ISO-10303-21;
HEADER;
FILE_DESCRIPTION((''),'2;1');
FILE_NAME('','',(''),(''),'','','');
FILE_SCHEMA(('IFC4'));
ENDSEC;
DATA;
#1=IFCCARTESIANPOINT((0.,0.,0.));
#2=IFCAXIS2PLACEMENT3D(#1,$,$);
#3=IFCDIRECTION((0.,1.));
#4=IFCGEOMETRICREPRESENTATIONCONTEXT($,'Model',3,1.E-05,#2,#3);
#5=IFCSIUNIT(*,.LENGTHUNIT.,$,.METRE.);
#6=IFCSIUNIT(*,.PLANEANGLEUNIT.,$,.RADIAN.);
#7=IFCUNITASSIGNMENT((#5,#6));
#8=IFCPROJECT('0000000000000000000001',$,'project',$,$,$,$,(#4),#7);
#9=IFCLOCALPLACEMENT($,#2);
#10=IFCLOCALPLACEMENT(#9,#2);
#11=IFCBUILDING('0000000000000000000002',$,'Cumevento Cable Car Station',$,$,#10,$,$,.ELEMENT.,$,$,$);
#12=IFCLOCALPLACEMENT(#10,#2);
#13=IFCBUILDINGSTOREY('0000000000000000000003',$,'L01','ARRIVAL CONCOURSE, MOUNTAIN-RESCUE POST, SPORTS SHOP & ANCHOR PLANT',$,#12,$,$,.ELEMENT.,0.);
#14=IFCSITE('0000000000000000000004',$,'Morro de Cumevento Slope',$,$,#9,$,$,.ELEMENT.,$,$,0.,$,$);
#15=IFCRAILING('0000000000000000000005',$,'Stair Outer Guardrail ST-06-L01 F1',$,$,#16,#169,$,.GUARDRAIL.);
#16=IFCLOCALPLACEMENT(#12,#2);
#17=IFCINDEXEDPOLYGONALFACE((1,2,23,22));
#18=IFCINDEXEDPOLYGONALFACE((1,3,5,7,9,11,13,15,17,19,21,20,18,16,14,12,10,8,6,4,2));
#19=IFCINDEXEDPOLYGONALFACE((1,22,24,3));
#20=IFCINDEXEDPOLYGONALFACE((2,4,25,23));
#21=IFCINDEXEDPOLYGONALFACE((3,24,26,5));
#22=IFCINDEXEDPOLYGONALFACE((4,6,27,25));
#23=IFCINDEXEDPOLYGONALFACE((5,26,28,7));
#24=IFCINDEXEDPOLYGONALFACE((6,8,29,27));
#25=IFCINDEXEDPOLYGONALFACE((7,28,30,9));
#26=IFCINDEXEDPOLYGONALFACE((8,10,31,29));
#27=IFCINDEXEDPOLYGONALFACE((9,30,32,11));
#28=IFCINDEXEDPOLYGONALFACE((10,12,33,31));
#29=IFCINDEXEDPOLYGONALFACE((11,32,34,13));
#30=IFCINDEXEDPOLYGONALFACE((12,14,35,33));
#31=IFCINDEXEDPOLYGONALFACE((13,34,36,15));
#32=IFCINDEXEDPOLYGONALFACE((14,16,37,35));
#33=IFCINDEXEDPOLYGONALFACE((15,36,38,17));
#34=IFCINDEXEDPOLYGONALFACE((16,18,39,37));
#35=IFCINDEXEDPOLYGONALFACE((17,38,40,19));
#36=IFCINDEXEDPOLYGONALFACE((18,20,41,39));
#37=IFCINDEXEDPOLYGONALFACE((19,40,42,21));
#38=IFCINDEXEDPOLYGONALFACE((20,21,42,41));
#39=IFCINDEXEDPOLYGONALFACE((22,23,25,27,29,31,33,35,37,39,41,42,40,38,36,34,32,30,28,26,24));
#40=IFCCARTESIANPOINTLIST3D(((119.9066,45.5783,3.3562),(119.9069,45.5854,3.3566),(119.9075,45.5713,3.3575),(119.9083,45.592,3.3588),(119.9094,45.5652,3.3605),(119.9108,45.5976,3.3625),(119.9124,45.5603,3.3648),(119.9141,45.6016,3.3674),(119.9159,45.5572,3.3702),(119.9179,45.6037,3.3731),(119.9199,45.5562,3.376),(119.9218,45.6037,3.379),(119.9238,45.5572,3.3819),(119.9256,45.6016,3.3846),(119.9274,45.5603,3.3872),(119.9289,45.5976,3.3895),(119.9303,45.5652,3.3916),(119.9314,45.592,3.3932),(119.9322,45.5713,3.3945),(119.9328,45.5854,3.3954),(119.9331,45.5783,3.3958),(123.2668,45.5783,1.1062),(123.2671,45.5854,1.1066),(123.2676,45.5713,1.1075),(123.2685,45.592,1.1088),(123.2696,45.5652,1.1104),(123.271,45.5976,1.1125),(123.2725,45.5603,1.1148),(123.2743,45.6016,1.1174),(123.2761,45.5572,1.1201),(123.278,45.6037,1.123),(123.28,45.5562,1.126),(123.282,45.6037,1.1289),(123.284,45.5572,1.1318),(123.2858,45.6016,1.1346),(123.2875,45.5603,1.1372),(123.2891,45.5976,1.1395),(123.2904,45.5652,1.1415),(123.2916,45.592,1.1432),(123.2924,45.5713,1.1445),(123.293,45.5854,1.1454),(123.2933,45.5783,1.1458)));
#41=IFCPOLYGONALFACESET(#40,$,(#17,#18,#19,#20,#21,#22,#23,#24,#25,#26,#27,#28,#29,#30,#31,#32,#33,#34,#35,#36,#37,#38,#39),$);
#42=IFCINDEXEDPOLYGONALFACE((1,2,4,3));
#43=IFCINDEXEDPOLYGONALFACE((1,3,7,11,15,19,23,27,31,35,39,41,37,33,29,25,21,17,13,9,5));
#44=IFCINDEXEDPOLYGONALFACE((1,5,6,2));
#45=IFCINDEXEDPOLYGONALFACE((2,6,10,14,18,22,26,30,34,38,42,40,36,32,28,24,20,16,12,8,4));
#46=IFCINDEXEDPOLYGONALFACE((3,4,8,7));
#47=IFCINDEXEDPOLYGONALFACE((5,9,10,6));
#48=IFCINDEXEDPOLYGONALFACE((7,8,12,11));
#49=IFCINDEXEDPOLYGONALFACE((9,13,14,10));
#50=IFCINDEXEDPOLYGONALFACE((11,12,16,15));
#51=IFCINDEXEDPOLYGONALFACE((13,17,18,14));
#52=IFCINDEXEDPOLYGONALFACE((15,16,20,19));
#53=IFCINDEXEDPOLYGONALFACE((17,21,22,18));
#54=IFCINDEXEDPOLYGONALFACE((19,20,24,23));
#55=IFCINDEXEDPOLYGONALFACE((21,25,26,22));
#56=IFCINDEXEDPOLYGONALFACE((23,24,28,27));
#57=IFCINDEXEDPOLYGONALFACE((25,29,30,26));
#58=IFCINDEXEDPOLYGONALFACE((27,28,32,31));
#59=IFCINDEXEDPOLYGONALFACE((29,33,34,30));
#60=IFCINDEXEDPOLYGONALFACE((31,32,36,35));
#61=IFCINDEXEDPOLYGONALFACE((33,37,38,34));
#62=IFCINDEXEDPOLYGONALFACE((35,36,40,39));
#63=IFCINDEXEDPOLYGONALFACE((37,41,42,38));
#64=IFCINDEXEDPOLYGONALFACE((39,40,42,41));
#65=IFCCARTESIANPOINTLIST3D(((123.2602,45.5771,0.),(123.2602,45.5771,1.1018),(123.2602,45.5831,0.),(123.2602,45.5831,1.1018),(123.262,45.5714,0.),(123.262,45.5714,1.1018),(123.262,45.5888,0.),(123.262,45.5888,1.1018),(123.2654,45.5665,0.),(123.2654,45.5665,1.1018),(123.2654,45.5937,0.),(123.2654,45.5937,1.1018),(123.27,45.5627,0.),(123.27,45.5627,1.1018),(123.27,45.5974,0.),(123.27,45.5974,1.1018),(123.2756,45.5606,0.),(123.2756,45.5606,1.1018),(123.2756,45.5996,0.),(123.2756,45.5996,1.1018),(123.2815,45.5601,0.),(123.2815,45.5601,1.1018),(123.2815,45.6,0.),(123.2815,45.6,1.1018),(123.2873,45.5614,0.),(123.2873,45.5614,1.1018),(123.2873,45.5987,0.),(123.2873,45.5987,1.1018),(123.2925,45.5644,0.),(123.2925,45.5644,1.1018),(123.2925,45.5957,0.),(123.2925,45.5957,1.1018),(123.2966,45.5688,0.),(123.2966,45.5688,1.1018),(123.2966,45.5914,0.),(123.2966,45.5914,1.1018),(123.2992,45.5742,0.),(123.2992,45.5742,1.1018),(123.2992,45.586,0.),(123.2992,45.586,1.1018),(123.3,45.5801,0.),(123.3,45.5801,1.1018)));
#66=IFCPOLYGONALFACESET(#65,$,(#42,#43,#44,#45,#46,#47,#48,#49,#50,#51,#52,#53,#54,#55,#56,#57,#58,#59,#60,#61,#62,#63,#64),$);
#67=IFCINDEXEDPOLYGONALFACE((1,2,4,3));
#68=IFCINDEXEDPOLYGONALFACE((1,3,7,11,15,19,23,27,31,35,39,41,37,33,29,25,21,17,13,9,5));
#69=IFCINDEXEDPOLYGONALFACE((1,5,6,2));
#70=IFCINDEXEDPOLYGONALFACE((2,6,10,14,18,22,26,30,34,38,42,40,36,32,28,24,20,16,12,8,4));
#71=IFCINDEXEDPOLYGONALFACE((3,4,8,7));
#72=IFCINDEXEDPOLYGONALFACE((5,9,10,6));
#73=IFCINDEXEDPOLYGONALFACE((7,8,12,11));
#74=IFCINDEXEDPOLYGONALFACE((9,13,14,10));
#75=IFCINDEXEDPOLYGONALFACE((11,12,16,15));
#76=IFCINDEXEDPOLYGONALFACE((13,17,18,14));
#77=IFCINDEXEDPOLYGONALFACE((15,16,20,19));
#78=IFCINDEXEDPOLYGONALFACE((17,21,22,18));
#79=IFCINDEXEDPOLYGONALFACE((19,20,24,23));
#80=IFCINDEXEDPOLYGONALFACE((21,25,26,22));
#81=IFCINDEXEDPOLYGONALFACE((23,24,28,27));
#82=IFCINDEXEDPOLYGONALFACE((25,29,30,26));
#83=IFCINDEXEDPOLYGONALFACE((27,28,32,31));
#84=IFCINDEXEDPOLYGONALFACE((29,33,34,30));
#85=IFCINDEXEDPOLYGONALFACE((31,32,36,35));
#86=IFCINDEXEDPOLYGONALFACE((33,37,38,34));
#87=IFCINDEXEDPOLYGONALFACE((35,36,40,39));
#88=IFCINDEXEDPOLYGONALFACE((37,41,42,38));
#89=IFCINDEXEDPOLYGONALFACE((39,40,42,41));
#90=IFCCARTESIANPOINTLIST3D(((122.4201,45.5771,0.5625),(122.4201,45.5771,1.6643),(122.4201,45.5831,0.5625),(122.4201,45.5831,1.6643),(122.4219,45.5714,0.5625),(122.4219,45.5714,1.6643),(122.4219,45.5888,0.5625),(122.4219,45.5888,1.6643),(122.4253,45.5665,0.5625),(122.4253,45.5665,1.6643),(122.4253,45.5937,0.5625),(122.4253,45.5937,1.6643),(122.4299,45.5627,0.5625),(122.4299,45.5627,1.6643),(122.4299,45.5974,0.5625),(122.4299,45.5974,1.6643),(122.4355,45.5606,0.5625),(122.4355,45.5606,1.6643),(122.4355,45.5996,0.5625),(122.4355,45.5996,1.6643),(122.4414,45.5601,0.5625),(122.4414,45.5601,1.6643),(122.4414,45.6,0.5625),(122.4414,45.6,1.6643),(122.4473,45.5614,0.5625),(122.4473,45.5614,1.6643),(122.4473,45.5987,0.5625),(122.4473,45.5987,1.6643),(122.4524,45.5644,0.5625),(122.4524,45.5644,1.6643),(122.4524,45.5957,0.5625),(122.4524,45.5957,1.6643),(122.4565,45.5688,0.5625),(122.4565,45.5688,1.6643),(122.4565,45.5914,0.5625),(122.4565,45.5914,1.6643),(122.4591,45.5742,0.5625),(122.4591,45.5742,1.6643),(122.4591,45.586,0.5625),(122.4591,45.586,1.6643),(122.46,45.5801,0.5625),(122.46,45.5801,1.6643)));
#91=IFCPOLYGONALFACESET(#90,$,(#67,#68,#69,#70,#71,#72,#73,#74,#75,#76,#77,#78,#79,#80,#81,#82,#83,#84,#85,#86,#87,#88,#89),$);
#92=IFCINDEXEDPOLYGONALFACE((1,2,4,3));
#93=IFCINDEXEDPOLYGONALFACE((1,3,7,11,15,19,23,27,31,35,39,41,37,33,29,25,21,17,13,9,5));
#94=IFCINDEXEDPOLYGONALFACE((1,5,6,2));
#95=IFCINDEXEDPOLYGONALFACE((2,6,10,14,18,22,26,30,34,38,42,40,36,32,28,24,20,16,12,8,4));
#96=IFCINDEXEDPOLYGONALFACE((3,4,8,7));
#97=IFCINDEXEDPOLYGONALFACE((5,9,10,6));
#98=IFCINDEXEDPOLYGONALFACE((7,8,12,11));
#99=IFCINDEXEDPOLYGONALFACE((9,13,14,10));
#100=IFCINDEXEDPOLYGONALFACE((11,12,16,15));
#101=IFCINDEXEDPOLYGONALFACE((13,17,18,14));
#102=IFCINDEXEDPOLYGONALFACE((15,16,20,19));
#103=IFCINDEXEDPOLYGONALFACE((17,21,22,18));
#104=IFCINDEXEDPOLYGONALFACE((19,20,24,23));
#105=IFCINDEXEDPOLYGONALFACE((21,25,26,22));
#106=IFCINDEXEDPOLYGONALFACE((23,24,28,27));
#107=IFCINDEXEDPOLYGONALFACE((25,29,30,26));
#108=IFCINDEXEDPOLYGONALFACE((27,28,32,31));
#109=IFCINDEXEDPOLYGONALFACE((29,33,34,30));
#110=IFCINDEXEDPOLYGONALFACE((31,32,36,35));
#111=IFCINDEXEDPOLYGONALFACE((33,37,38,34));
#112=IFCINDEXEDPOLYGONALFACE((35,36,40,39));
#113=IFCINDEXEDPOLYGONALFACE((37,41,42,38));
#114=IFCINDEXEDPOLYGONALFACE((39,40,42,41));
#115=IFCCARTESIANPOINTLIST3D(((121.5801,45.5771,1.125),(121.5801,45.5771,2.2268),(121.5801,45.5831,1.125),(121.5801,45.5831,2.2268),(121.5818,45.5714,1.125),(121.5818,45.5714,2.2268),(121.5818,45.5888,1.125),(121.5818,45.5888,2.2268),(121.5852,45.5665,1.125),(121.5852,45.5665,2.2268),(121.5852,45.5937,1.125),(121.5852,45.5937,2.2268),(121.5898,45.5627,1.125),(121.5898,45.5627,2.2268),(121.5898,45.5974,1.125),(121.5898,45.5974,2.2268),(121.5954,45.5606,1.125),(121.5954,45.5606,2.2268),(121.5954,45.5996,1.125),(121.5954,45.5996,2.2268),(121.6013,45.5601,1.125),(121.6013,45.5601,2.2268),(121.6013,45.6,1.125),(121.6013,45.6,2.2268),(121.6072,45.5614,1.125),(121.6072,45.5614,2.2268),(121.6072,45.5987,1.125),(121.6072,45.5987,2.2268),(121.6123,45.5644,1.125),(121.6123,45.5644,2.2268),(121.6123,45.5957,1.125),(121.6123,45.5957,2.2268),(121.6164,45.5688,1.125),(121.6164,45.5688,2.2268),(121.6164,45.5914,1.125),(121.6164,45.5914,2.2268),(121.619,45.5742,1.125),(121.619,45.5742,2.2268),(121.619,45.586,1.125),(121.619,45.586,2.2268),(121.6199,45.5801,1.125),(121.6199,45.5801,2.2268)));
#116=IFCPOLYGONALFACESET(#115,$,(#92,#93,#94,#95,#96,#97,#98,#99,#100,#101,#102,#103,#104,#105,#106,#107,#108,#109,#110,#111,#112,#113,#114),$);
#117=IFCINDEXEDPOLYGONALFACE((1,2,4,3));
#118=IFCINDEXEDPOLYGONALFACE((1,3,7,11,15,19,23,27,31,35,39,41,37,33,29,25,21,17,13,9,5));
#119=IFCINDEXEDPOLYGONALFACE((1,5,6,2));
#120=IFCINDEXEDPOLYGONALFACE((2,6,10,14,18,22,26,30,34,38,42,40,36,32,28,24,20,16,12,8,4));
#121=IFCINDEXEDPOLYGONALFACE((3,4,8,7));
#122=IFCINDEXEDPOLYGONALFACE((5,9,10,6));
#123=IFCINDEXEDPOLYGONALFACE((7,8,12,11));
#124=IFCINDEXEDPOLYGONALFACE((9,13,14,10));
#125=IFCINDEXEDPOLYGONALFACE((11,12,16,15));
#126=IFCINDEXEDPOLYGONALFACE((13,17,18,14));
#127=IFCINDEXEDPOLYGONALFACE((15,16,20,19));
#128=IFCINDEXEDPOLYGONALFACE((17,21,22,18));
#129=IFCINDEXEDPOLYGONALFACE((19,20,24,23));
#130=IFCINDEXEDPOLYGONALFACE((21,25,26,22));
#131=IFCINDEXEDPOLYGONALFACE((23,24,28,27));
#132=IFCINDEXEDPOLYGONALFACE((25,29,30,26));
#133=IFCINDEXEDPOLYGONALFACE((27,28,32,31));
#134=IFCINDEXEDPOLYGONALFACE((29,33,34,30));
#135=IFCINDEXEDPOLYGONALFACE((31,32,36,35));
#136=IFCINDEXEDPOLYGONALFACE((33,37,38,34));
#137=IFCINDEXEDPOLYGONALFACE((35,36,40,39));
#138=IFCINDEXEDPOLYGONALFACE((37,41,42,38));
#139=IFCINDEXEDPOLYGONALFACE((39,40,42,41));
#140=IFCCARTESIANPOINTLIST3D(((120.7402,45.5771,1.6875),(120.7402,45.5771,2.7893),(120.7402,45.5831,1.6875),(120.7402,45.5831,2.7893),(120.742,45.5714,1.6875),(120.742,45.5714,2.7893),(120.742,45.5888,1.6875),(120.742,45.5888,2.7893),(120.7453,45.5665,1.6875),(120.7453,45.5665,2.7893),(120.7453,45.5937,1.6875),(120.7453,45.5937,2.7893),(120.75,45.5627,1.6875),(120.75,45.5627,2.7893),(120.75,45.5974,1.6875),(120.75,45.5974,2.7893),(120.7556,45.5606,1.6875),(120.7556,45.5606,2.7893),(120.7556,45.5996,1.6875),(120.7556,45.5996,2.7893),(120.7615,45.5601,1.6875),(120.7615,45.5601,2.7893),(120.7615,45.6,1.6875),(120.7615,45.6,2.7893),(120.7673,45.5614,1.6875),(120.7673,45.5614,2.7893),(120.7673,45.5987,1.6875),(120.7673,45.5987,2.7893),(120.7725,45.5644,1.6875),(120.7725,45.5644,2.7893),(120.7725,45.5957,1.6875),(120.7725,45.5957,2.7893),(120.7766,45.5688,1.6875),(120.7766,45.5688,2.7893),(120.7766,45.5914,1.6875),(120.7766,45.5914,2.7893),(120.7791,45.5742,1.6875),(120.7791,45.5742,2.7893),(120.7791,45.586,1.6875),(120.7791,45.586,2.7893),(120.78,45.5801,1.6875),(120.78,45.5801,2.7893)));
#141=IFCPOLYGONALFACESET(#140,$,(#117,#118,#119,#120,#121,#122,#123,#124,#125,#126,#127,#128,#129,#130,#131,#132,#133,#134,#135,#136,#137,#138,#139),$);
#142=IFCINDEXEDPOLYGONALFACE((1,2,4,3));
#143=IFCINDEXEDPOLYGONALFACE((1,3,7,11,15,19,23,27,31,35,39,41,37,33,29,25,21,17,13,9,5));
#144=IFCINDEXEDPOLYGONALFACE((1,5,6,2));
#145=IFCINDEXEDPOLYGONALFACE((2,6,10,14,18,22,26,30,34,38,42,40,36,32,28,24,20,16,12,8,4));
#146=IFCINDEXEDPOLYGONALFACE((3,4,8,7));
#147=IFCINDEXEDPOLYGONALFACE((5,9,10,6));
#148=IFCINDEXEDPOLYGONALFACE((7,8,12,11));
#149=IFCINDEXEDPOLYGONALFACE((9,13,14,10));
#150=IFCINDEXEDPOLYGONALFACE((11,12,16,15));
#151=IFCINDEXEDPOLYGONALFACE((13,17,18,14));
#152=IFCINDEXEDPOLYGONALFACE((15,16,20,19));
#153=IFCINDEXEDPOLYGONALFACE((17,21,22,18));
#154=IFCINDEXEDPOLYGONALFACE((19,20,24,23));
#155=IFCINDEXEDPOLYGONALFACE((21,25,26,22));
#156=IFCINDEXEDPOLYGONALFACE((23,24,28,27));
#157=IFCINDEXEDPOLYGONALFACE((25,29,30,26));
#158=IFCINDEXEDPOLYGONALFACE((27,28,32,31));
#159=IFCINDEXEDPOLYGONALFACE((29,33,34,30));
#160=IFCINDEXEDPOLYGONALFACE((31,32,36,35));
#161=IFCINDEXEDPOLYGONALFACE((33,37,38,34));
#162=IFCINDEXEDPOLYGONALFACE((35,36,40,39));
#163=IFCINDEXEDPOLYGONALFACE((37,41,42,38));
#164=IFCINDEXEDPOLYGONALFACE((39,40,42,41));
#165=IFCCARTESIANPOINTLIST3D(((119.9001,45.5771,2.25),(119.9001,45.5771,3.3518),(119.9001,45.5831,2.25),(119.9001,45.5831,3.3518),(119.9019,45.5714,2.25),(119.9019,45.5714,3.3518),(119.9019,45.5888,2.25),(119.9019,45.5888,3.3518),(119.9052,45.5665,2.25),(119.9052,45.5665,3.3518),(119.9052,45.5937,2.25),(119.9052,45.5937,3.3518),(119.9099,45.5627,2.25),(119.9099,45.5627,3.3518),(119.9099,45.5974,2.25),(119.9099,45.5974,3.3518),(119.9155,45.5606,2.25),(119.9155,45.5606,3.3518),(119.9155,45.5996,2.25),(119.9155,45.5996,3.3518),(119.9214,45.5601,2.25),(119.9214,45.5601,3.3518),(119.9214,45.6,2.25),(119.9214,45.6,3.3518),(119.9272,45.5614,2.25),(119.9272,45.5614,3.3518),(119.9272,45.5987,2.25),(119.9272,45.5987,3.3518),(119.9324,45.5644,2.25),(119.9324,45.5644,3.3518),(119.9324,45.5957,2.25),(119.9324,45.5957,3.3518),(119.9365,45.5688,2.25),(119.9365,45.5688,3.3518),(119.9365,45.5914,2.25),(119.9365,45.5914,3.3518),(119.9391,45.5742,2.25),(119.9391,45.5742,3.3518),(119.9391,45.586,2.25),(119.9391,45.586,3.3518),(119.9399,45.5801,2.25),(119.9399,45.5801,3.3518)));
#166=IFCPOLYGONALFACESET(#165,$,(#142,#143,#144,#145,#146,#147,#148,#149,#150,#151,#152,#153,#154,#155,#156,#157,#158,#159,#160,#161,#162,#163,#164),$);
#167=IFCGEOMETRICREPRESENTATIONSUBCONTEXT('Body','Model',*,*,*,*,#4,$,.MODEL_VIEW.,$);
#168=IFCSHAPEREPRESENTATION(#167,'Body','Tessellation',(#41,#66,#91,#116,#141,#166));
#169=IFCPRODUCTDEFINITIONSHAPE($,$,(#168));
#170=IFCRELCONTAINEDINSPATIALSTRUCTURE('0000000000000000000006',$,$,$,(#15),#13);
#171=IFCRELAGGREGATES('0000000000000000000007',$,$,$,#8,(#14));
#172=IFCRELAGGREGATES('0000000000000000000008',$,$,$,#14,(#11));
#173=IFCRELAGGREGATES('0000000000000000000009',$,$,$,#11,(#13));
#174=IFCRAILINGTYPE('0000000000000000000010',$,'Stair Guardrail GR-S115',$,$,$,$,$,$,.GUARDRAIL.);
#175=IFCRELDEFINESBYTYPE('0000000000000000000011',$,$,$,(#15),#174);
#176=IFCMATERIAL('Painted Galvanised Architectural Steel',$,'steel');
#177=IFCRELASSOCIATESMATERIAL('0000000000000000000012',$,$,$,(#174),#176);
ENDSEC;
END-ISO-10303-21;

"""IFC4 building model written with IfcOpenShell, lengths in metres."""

from ifc_helpers import new_model, si_unit, direction, frame, origin, origin_2d, place, context, subcontext, project, spatial, circle, extrude, material, type_object, element, save


model = new_model("IFC4")

# Units and contexts
model_context = context("Model", 3, precision=1e-05, world=origin(), true_north=direction((0.0, 1.0)))
body_context = subcontext(model_context, "Body", "Model", "MODEL_VIEW")
ifc_project = project(units=[si_unit("LENGTHUNIT", "METRE"), si_unit("PLANEANGLEUNIT", "RADIAN")], contexts=[model_context])

# Site, building, storey
site_placement = place(None, origin())
site = spatial("IfcSite", under=ifc_project, at=site_placement, Name="Morro de Cumevento Slope", CompositionType="ELEMENT", RefElevation=0.0)
building_placement = place(site_placement, origin())
building = spatial("IfcBuilding", under=site, at=building_placement, Name="Cumevento Cable Car Station", CompositionType="ELEMENT")
storey_placement = place(building_placement, origin())
storey = spatial("IfcBuildingStorey", under=building, at=storey_placement, Name="L01", Description="ARRIVAL CONCOURSE, MOUNTAIN-RESCUE POST, SPORTS SHOP & ANCHOR PLANT", CompositionType="ELEMENT", Elevation=0.0)

# Railing
ifc_material_1 = material(Name="Painted Galvanised Architectural Steel", Category="steel")
railing_type_1 = type_object("IfcRailingType", Name="Stair Guardrail GR-S115", PredefinedType="GUARDRAIL", material=ifc_material_1)
railing_1_placement = place(storey_placement, frame((123.28, 45.5801, 0.0)))
element("IfcRailing", 1, at=railing_1_placement, inside=storey, type_object=railing_type_1, Name="Stair Outer Guardrail ST-06-L01 F1", PredefinedType="GUARDRAIL", context=body_context, shape_type="SweptSolid", body=[
    extrude(circle(Radius=0.0239, at=origin_2d()), frame((0.0, 0.0, 1.126), z_axis=(-0.830915, 0.0, 0.556399), x_axis=(0.0, -1.0, 0.0)), (0.0, 0.0, 1.0), 4.0439),
    extrude(circle(Radius=0.02, at=origin_2d()), origin(), (0.0, 0.0, 1.0), 1.1018),
    extrude(circle(Radius=0.02, at=origin_2d()), frame((-0.8401, 0.0, 0.5625)), (0.0, 0.0, 1.0), 1.1018),
    extrude(circle(Radius=0.02, at=origin_2d()), frame((-1.6802, 0.0, 1.125)), (0.0, 0.0, 1.0), 1.1018),
    extrude(circle(Radius=0.02, at=origin_2d()), frame((-2.52, 0.0, 1.6875)), (0.0, 0.0, 1.0), 1.1018),
    extrude(circle(Radius=0.02, at=origin_2d()), frame((-3.3601, 0.0, 2.25)), (0.0, 0.0, 1.0), 1.1018),
])

save(model, "model.ifc")
